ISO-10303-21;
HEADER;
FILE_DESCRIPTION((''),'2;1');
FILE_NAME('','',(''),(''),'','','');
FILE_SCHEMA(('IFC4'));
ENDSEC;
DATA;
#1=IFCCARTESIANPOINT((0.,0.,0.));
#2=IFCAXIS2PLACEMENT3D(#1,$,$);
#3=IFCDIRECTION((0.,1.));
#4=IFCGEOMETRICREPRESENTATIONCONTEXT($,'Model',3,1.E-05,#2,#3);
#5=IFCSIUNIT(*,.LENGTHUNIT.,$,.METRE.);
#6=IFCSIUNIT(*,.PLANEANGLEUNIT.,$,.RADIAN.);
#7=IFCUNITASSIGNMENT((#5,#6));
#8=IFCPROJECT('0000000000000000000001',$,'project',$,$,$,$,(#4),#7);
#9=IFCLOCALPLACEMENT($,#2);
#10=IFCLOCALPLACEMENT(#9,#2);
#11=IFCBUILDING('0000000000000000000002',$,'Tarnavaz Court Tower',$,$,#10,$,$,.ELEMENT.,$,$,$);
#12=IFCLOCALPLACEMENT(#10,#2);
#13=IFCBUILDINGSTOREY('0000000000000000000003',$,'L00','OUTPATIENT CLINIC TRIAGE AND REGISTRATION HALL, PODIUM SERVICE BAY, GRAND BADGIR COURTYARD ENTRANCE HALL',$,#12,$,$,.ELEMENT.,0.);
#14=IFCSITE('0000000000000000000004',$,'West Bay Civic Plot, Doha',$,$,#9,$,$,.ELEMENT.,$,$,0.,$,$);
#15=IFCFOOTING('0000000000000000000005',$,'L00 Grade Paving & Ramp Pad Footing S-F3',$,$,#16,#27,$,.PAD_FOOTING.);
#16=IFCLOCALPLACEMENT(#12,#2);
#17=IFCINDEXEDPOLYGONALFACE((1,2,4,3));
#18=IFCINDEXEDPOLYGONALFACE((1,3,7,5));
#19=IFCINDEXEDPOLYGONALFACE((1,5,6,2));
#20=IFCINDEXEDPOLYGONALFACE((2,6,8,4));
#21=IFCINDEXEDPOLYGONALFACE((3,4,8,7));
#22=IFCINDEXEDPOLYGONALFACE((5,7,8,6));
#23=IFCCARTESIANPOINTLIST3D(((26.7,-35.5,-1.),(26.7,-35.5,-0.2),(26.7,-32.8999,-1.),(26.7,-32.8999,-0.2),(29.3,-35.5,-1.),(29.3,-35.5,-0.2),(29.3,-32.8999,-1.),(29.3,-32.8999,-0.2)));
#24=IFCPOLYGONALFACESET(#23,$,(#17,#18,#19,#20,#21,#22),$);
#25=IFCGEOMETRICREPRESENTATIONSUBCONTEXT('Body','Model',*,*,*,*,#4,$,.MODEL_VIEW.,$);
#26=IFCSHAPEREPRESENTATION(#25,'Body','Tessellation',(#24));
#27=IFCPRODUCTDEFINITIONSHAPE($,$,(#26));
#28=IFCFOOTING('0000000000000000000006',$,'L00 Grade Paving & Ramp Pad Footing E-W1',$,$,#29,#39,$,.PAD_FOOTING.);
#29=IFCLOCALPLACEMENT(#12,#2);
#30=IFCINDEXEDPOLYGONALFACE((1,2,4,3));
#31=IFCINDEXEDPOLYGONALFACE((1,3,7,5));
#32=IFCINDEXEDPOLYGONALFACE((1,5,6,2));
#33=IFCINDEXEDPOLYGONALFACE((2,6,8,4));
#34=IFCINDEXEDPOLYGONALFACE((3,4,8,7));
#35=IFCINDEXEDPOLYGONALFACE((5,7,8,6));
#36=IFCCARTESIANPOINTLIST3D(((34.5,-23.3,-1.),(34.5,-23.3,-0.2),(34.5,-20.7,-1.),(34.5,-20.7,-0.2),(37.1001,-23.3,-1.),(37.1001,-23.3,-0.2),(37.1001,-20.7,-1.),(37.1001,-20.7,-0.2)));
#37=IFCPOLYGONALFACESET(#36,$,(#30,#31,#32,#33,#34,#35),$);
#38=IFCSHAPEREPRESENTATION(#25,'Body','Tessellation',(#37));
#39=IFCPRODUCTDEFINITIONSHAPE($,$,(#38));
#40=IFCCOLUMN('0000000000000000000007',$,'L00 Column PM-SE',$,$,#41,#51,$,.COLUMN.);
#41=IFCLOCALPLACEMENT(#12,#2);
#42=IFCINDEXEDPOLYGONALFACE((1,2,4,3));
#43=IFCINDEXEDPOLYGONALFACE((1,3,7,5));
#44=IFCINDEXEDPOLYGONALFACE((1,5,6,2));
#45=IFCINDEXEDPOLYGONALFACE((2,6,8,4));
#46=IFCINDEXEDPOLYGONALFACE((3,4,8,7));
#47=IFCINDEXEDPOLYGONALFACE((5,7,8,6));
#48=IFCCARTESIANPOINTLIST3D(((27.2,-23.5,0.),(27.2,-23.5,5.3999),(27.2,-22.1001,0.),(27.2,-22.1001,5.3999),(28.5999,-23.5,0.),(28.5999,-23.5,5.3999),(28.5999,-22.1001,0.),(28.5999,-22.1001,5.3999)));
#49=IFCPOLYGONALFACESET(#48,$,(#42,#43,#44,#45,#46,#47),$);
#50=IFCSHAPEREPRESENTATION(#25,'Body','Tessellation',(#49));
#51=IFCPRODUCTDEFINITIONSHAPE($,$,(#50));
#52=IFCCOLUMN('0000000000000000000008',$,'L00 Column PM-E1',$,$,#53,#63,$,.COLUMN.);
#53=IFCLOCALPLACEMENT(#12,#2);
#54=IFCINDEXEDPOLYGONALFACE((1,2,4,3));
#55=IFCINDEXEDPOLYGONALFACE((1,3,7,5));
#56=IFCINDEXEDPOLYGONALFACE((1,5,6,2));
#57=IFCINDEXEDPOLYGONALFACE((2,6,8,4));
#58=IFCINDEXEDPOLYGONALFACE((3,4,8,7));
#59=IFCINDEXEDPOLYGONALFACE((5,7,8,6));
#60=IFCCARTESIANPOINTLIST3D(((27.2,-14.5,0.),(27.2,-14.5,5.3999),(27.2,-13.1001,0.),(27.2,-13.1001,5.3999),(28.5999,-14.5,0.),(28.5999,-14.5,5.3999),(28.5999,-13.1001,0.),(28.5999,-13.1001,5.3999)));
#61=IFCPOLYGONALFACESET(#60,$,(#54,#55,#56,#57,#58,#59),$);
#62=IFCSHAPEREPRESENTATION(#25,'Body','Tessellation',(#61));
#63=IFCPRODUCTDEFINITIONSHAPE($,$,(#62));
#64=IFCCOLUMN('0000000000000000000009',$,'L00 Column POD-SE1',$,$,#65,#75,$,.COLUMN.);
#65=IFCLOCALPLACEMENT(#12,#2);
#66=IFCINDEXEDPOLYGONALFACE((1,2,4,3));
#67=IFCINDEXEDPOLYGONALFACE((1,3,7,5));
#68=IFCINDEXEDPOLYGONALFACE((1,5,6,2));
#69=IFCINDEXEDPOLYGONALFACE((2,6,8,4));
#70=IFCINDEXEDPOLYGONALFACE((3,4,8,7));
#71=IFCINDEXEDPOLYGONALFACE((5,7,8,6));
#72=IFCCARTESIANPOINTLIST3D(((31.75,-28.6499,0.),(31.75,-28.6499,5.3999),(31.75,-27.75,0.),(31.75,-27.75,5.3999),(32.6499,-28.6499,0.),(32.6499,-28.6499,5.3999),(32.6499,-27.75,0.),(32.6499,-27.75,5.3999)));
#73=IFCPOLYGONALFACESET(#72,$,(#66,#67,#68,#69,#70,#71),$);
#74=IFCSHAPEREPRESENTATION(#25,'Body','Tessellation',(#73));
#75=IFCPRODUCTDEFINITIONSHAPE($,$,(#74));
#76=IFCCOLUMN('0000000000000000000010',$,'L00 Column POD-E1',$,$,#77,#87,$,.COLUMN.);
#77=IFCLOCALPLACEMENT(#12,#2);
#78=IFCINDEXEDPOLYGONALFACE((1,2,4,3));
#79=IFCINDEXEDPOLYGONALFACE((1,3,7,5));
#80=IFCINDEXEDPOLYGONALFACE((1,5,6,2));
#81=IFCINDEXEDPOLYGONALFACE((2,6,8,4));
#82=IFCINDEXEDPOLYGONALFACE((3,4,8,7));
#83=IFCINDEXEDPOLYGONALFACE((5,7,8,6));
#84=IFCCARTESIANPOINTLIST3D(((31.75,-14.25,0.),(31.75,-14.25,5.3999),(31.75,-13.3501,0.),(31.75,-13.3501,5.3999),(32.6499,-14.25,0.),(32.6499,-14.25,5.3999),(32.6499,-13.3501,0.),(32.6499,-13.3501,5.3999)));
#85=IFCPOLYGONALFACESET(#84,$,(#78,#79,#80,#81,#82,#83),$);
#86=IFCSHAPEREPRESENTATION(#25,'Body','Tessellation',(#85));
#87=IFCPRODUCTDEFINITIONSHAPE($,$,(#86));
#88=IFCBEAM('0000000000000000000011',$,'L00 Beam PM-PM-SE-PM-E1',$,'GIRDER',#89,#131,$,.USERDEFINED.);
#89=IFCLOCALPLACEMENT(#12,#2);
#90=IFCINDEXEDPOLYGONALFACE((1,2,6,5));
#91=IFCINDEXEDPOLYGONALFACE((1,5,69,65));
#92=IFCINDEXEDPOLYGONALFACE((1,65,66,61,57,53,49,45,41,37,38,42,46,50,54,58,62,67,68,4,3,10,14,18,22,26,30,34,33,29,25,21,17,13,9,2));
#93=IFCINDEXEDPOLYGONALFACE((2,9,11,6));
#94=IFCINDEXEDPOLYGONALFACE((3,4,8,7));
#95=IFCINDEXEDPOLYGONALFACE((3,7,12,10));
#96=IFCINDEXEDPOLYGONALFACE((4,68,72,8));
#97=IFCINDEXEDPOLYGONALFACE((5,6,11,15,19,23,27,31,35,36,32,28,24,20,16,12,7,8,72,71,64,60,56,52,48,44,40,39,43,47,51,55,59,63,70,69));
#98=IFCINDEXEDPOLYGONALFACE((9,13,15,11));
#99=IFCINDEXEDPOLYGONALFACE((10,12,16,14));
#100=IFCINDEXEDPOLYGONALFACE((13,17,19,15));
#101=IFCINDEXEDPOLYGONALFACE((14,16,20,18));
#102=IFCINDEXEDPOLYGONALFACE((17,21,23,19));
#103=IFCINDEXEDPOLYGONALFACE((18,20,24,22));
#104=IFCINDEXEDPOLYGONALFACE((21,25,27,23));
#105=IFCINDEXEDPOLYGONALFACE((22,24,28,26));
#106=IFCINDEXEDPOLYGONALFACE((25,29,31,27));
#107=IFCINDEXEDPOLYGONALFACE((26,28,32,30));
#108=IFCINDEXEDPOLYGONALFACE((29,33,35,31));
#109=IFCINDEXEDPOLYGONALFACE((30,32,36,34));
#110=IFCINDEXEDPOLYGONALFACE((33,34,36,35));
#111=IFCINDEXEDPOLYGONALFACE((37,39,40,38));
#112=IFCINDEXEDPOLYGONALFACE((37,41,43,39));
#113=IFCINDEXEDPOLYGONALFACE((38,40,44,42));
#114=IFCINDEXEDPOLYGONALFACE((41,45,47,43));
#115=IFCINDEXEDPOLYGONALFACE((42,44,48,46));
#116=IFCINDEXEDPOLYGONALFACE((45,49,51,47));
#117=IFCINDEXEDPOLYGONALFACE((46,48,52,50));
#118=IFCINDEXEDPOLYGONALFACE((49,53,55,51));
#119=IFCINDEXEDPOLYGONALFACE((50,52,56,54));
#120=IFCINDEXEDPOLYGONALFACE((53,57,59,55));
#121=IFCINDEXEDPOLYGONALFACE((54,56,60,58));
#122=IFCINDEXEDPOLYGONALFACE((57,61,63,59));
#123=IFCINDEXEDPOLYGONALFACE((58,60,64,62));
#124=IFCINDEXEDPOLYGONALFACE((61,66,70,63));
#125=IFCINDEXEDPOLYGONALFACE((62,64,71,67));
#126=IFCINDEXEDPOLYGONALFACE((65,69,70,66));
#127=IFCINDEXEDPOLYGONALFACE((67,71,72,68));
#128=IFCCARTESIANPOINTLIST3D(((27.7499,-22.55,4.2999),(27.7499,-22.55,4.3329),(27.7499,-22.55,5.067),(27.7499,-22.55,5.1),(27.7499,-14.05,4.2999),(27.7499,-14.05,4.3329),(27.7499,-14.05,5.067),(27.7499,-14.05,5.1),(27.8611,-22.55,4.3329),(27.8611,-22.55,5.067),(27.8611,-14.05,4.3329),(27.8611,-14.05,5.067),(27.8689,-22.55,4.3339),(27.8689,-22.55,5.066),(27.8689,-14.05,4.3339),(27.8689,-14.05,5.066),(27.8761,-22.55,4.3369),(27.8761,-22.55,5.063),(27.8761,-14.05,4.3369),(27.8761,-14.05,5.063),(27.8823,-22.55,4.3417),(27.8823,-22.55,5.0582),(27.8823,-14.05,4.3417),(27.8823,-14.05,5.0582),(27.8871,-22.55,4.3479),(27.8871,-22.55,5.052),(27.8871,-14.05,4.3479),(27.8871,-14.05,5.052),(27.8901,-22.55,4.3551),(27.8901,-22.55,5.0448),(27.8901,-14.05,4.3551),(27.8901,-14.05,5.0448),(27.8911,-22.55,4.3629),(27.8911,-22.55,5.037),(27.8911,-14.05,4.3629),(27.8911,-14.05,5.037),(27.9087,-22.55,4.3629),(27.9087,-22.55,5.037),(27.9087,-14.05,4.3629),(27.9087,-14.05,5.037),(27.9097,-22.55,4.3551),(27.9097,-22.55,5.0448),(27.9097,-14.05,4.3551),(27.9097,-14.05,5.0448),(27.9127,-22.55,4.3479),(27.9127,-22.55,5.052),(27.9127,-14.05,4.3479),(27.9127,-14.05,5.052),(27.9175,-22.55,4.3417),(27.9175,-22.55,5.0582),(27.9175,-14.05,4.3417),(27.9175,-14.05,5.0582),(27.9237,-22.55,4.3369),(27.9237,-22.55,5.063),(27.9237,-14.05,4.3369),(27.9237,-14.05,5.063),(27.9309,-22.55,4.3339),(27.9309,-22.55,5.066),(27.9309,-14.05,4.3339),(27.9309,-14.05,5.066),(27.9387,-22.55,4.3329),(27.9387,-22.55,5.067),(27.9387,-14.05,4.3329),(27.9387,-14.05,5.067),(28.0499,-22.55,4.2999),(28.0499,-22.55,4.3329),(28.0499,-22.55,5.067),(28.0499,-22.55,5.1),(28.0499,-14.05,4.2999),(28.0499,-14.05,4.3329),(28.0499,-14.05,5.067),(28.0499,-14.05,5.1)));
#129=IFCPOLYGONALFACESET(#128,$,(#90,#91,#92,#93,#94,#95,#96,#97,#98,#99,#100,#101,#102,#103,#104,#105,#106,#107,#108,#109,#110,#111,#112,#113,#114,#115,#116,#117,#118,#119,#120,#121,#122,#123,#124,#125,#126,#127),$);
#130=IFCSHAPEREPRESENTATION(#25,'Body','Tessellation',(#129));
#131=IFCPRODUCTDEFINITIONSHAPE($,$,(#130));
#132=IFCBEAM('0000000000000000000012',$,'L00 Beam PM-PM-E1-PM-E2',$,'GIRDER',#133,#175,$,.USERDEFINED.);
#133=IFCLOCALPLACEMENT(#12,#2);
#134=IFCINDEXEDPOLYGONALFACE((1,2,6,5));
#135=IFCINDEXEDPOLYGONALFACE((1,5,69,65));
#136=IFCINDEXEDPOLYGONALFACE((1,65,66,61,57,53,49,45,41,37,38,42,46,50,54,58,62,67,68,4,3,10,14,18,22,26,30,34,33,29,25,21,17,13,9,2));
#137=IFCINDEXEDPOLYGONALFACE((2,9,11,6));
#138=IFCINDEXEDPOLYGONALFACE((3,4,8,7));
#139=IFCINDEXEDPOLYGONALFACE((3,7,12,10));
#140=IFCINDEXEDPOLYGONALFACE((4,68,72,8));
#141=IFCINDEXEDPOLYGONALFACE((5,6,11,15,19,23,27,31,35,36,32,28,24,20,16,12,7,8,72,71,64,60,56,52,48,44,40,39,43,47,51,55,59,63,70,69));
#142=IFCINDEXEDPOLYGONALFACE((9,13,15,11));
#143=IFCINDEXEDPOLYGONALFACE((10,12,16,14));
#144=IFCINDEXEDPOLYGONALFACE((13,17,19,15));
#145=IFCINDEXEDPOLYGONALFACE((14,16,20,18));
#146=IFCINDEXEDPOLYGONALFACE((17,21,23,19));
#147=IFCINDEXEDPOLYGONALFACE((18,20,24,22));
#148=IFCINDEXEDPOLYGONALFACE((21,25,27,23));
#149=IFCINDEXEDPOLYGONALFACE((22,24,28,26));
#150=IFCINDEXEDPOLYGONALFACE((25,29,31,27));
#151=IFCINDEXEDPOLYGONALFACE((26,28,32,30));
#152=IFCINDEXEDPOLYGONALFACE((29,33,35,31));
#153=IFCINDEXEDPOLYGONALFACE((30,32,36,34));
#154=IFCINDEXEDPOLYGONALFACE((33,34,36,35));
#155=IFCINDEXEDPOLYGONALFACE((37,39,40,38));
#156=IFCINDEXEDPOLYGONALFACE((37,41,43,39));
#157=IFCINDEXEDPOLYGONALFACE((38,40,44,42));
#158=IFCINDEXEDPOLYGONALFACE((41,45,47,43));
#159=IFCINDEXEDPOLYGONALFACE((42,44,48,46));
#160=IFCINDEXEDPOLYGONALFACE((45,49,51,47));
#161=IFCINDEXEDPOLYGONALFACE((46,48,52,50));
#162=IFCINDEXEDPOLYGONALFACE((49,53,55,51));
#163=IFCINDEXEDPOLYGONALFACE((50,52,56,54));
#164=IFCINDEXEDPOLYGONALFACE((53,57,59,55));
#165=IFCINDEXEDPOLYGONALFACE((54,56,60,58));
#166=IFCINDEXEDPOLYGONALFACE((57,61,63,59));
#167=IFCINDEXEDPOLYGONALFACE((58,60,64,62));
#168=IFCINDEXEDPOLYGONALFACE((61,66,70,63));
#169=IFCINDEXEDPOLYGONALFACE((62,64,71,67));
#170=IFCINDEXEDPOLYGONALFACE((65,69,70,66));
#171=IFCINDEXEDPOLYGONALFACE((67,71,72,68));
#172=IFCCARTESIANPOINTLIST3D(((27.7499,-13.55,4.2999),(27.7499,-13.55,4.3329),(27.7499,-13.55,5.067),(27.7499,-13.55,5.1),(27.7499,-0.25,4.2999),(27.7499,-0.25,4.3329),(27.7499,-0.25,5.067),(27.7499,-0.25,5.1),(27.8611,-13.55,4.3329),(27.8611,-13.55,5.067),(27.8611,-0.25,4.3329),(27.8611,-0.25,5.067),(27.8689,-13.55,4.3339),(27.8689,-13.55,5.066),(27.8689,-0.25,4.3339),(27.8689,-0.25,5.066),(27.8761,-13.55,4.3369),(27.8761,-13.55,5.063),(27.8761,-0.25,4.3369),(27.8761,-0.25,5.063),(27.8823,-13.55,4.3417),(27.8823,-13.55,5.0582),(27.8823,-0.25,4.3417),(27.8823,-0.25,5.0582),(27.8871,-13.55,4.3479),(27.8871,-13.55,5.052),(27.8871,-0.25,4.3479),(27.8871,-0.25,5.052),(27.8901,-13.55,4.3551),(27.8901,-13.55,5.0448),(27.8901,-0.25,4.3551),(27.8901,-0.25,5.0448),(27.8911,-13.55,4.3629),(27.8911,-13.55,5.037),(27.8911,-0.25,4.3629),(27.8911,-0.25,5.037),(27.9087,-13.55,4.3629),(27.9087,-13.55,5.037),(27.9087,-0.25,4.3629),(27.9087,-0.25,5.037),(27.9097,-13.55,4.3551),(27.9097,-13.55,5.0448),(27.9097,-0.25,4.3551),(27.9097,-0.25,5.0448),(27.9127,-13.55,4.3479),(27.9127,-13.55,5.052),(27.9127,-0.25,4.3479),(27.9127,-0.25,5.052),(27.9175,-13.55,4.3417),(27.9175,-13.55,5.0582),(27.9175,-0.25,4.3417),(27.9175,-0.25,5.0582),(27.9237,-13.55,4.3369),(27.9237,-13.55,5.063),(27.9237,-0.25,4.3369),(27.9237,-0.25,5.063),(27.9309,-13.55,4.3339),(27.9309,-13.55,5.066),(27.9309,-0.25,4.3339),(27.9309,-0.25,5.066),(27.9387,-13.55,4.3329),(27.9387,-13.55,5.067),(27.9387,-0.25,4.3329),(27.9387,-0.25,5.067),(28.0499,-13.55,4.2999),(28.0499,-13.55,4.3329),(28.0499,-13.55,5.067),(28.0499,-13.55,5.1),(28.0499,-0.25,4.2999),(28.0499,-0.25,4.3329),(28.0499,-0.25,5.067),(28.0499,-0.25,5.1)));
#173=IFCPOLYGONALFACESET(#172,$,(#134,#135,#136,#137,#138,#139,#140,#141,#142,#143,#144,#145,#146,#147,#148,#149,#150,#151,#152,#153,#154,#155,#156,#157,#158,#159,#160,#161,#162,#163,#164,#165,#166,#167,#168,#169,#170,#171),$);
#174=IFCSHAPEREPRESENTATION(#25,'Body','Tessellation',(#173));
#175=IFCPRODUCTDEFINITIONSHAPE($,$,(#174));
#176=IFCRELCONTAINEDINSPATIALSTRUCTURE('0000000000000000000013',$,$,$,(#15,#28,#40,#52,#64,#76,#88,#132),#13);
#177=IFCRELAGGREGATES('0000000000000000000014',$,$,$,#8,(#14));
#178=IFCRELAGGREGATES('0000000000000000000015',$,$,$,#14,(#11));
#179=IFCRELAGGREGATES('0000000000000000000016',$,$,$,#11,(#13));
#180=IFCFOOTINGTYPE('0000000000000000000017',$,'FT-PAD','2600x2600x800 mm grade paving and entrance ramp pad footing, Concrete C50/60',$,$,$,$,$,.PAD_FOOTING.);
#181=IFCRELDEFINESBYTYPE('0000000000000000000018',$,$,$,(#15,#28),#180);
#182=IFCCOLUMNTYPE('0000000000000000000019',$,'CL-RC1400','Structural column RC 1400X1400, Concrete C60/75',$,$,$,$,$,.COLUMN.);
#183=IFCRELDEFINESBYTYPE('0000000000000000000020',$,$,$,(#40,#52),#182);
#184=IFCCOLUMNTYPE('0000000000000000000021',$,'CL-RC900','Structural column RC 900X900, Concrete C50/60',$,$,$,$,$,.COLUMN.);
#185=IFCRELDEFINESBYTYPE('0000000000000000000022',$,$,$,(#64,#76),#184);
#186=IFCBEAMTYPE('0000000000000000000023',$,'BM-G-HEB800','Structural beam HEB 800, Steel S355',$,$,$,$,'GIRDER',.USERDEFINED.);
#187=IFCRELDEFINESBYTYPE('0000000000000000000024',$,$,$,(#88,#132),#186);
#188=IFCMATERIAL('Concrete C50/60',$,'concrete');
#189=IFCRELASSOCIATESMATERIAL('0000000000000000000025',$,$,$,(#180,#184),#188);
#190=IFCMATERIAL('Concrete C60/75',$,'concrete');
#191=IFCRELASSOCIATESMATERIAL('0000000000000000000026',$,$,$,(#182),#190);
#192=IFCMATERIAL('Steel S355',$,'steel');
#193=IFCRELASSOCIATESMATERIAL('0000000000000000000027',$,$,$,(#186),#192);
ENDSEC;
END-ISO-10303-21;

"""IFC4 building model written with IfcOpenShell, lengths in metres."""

from ifc_helpers import new_model, si_unit, direction, frame, origin, origin_2d, place, context, subcontext, project, spatial, rectangle, i_section, extrude, material, material_profile, profile_set, type_object, element, save


model = new_model("IFC4")

# Units and contexts
model_context = context("Model", 3, precision=1e-05, world=origin(), true_north=direction((0.0, 1.0)))
body_context = subcontext(model_context, "Body", "Model", "MODEL_VIEW")
ifc_project = project(units=[si_unit("LENGTHUNIT", "METRE"), si_unit("PLANEANGLEUNIT", "RADIAN")], contexts=[model_context])

# Site, building, storey
site_placement = place(None, origin())
site = spatial("IfcSite", under=ifc_project, at=site_placement, Name="West Bay Civic Plot, Doha", CompositionType="ELEMENT", RefElevation=0.0)
building_placement = place(site_placement, origin())
building = spatial("IfcBuilding", under=site, at=building_placement, Name="Tarnavaz Court Tower", CompositionType="ELEMENT")
storey_placement = place(building_placement, origin())
storey = spatial("IfcBuildingStorey", under=building, at=storey_placement, Name="L00", Description="OUTPATIENT CLINIC TRIAGE AND REGISTRATION HALL, PODIUM SERVICE BAY, GRAND BADGIR COURTYARD ENTRANCE HALL", CompositionType="ELEMENT", Elevation=0.0)

# Footings
ifc_material_1 = material(Name="Concrete C50/60", Category="concrete")
footing_type = type_object("IfcFootingType", Name="FT-PAD", Description="2600x2600x800 mm grade paving and entrance ramp pad footing, Concrete C50/60", PredefinedType="PAD_FOOTING", material=ifc_material_1)
for number, where, z_axis, x_axis, name in (
    (1, (28.0, -34.2, -1.0), (0.0, 0.0, 1.0), (1.0, 0.0, 0.0), "L00 Grade Paving & Ramp Pad Footing S-F3"),
    (2, (35.8, -22.0, -1.0), (0.0, 0.0, 1.0), (1.0, 0.0, 0.0), "L00 Grade Paving & Ramp Pad Footing E-W1"),
):
    element("IfcFooting", number, at=place(storey_placement, frame(where, z_axis=z_axis, x_axis=x_axis)), inside=storey, type_object=footing_type, Name=name, PredefinedType="PAD_FOOTING", context=body_context, shape_type="SweptSolid", body=[
        extrude(rectangle(XDim=2.6001, YDim=2.6001, at=origin_2d()), origin(), (0.0, 0.0, 1.0), 0.8),
    ])

# Columns
ifc_material_2 = material(Name="Concrete C60/75", Category="concrete")
ifc_material_profile_1 = material_profile(ifc_material_2, rectangle(XDim=1.3999, YDim=1.3999, at=origin_2d()), Name="RC 1400X1400")
ifc_profile_set_1 = profile_set([ifc_material_profile_1], Name="Concrete C60/75")
column_type_1 = type_object("IfcColumnType", Name="CL-RC1400", Description="Structural column RC 1400X1400, Concrete C60/75", PredefinedType="COLUMN", material=ifc_profile_set_1)
for number, where, z_axis, x_axis, name in (
    (3, (27.8999, -22.8, 0.0), (0.0, 0.0, 1.0), (1.0, 0.0, 0.0), "L00 Column PM-SE"),
    (4, (27.8999, -13.8, 0.0), (0.0, 0.0, 1.0), (1.0, 0.0, 0.0), "L00 Column PM-E1"),
):
    element("IfcColumn", number, at=place(storey_placement, frame(where, z_axis=z_axis, x_axis=x_axis)), inside=storey, type_object=column_type_1, Name=name, PredefinedType="COLUMN", context=body_context, shape_type="SweptSolid", body=[
        extrude(rectangle(XDim=1.3999, YDim=1.3999, at=origin_2d()), origin(), (0.0, 0.0, 1.0), 5.3999),
    ])
ifc_material_profile_2 = material_profile(ifc_material_1, rectangle(XDim=0.8999, YDim=0.8999, at=origin_2d()), Name="RC 900X900")
ifc_profile_set_2 = profile_set([ifc_material_profile_2], Name="Concrete C50/60")
column_type_2 = type_object("IfcColumnType", Name="CL-RC900", Description="Structural column RC 900X900, Concrete C50/60", PredefinedType="COLUMN", material=ifc_profile_set_2)
for number, where, z_axis, x_axis, name in (
    (5, (32.2, -28.2, 0.0), (0.0, 0.0, 1.0), (1.0, 0.0, 0.0), "L00 Column POD-SE1"),
    (6, (32.2, -13.8, 0.0), (0.0, 0.0, 1.0), (1.0, 0.0, 0.0), "L00 Column POD-E1"),
):
    element("IfcColumn", number, at=place(storey_placement, frame(where, z_axis=z_axis, x_axis=x_axis)), inside=storey, type_object=column_type_2, Name=name, PredefinedType="COLUMN", context=body_context, shape_type="SweptSolid", body=[
        extrude(rectangle(XDim=0.8999, YDim=0.8999, at=origin_2d()), origin(), (0.0, 0.0, 1.0), 5.3999),
    ])

# Beams
ifc_material_3 = material(Name="Steel S355", Category="steel")
ifc_material_profile_3 = material_profile(ifc_material_3, i_section(OverallWidth=0.3, OverallDepth=0.8, WebThickness=0.0176, FlangeThickness=0.033, FilletRadius=0.03, at=origin_2d()), Name="HEB 800")
ifc_profile_set_3 = profile_set([ifc_material_profile_3], Name="Steel S355")
beam_type_1 = type_object("IfcBeamType", Name="BM-G-HEB800", Description="Structural beam HEB 800, Steel S355", ElementType="GIRDER", PredefinedType="USERDEFINED", material=ifc_profile_set_3)
beam_1_placement = place(storey_placement, frame((27.8999, -22.55, 4.7), z_axis=(0.0, 1.0, 0.0), x_axis=(-1.0, 0.0, 0.0)))
element("IfcBeam", 7, at=beam_1_placement, inside=storey, type_object=beam_type_1, Name="L00 Beam PM-PM-SE-PM-E1", ObjectType="GIRDER", PredefinedType="USERDEFINED", context=body_context, shape_type="SweptSolid", body=[
    extrude(i_section(OverallWidth=0.3, OverallDepth=0.8, WebThickness=0.0176, FlangeThickness=0.033, FilletRadius=0.03, at=origin_2d()), origin(), (0.0, 0.0, 1.0), 8.5),
])
beam_2_placement = place(storey_placement, frame((27.8999, -13.55, 4.7), z_axis=(0.0, 1.0, 0.0), x_axis=(-1.0, 0.0, 0.0)))
element("IfcBeam", 8, at=beam_2_placement, inside=storey, type_object=beam_type_1, Name="L00 Beam PM-PM-E1-PM-E2", ObjectType="GIRDER", PredefinedType="USERDEFINED", context=body_context, shape_type="SweptSolid", body=[
    extrude(i_section(OverallWidth=0.3, OverallDepth=0.8, WebThickness=0.0176, FlangeThickness=0.033, FilletRadius=0.03, at=origin_2d()), origin(), (0.0, 0.0, 1.0), 13.3),
])

save(model, "model.ifc")
